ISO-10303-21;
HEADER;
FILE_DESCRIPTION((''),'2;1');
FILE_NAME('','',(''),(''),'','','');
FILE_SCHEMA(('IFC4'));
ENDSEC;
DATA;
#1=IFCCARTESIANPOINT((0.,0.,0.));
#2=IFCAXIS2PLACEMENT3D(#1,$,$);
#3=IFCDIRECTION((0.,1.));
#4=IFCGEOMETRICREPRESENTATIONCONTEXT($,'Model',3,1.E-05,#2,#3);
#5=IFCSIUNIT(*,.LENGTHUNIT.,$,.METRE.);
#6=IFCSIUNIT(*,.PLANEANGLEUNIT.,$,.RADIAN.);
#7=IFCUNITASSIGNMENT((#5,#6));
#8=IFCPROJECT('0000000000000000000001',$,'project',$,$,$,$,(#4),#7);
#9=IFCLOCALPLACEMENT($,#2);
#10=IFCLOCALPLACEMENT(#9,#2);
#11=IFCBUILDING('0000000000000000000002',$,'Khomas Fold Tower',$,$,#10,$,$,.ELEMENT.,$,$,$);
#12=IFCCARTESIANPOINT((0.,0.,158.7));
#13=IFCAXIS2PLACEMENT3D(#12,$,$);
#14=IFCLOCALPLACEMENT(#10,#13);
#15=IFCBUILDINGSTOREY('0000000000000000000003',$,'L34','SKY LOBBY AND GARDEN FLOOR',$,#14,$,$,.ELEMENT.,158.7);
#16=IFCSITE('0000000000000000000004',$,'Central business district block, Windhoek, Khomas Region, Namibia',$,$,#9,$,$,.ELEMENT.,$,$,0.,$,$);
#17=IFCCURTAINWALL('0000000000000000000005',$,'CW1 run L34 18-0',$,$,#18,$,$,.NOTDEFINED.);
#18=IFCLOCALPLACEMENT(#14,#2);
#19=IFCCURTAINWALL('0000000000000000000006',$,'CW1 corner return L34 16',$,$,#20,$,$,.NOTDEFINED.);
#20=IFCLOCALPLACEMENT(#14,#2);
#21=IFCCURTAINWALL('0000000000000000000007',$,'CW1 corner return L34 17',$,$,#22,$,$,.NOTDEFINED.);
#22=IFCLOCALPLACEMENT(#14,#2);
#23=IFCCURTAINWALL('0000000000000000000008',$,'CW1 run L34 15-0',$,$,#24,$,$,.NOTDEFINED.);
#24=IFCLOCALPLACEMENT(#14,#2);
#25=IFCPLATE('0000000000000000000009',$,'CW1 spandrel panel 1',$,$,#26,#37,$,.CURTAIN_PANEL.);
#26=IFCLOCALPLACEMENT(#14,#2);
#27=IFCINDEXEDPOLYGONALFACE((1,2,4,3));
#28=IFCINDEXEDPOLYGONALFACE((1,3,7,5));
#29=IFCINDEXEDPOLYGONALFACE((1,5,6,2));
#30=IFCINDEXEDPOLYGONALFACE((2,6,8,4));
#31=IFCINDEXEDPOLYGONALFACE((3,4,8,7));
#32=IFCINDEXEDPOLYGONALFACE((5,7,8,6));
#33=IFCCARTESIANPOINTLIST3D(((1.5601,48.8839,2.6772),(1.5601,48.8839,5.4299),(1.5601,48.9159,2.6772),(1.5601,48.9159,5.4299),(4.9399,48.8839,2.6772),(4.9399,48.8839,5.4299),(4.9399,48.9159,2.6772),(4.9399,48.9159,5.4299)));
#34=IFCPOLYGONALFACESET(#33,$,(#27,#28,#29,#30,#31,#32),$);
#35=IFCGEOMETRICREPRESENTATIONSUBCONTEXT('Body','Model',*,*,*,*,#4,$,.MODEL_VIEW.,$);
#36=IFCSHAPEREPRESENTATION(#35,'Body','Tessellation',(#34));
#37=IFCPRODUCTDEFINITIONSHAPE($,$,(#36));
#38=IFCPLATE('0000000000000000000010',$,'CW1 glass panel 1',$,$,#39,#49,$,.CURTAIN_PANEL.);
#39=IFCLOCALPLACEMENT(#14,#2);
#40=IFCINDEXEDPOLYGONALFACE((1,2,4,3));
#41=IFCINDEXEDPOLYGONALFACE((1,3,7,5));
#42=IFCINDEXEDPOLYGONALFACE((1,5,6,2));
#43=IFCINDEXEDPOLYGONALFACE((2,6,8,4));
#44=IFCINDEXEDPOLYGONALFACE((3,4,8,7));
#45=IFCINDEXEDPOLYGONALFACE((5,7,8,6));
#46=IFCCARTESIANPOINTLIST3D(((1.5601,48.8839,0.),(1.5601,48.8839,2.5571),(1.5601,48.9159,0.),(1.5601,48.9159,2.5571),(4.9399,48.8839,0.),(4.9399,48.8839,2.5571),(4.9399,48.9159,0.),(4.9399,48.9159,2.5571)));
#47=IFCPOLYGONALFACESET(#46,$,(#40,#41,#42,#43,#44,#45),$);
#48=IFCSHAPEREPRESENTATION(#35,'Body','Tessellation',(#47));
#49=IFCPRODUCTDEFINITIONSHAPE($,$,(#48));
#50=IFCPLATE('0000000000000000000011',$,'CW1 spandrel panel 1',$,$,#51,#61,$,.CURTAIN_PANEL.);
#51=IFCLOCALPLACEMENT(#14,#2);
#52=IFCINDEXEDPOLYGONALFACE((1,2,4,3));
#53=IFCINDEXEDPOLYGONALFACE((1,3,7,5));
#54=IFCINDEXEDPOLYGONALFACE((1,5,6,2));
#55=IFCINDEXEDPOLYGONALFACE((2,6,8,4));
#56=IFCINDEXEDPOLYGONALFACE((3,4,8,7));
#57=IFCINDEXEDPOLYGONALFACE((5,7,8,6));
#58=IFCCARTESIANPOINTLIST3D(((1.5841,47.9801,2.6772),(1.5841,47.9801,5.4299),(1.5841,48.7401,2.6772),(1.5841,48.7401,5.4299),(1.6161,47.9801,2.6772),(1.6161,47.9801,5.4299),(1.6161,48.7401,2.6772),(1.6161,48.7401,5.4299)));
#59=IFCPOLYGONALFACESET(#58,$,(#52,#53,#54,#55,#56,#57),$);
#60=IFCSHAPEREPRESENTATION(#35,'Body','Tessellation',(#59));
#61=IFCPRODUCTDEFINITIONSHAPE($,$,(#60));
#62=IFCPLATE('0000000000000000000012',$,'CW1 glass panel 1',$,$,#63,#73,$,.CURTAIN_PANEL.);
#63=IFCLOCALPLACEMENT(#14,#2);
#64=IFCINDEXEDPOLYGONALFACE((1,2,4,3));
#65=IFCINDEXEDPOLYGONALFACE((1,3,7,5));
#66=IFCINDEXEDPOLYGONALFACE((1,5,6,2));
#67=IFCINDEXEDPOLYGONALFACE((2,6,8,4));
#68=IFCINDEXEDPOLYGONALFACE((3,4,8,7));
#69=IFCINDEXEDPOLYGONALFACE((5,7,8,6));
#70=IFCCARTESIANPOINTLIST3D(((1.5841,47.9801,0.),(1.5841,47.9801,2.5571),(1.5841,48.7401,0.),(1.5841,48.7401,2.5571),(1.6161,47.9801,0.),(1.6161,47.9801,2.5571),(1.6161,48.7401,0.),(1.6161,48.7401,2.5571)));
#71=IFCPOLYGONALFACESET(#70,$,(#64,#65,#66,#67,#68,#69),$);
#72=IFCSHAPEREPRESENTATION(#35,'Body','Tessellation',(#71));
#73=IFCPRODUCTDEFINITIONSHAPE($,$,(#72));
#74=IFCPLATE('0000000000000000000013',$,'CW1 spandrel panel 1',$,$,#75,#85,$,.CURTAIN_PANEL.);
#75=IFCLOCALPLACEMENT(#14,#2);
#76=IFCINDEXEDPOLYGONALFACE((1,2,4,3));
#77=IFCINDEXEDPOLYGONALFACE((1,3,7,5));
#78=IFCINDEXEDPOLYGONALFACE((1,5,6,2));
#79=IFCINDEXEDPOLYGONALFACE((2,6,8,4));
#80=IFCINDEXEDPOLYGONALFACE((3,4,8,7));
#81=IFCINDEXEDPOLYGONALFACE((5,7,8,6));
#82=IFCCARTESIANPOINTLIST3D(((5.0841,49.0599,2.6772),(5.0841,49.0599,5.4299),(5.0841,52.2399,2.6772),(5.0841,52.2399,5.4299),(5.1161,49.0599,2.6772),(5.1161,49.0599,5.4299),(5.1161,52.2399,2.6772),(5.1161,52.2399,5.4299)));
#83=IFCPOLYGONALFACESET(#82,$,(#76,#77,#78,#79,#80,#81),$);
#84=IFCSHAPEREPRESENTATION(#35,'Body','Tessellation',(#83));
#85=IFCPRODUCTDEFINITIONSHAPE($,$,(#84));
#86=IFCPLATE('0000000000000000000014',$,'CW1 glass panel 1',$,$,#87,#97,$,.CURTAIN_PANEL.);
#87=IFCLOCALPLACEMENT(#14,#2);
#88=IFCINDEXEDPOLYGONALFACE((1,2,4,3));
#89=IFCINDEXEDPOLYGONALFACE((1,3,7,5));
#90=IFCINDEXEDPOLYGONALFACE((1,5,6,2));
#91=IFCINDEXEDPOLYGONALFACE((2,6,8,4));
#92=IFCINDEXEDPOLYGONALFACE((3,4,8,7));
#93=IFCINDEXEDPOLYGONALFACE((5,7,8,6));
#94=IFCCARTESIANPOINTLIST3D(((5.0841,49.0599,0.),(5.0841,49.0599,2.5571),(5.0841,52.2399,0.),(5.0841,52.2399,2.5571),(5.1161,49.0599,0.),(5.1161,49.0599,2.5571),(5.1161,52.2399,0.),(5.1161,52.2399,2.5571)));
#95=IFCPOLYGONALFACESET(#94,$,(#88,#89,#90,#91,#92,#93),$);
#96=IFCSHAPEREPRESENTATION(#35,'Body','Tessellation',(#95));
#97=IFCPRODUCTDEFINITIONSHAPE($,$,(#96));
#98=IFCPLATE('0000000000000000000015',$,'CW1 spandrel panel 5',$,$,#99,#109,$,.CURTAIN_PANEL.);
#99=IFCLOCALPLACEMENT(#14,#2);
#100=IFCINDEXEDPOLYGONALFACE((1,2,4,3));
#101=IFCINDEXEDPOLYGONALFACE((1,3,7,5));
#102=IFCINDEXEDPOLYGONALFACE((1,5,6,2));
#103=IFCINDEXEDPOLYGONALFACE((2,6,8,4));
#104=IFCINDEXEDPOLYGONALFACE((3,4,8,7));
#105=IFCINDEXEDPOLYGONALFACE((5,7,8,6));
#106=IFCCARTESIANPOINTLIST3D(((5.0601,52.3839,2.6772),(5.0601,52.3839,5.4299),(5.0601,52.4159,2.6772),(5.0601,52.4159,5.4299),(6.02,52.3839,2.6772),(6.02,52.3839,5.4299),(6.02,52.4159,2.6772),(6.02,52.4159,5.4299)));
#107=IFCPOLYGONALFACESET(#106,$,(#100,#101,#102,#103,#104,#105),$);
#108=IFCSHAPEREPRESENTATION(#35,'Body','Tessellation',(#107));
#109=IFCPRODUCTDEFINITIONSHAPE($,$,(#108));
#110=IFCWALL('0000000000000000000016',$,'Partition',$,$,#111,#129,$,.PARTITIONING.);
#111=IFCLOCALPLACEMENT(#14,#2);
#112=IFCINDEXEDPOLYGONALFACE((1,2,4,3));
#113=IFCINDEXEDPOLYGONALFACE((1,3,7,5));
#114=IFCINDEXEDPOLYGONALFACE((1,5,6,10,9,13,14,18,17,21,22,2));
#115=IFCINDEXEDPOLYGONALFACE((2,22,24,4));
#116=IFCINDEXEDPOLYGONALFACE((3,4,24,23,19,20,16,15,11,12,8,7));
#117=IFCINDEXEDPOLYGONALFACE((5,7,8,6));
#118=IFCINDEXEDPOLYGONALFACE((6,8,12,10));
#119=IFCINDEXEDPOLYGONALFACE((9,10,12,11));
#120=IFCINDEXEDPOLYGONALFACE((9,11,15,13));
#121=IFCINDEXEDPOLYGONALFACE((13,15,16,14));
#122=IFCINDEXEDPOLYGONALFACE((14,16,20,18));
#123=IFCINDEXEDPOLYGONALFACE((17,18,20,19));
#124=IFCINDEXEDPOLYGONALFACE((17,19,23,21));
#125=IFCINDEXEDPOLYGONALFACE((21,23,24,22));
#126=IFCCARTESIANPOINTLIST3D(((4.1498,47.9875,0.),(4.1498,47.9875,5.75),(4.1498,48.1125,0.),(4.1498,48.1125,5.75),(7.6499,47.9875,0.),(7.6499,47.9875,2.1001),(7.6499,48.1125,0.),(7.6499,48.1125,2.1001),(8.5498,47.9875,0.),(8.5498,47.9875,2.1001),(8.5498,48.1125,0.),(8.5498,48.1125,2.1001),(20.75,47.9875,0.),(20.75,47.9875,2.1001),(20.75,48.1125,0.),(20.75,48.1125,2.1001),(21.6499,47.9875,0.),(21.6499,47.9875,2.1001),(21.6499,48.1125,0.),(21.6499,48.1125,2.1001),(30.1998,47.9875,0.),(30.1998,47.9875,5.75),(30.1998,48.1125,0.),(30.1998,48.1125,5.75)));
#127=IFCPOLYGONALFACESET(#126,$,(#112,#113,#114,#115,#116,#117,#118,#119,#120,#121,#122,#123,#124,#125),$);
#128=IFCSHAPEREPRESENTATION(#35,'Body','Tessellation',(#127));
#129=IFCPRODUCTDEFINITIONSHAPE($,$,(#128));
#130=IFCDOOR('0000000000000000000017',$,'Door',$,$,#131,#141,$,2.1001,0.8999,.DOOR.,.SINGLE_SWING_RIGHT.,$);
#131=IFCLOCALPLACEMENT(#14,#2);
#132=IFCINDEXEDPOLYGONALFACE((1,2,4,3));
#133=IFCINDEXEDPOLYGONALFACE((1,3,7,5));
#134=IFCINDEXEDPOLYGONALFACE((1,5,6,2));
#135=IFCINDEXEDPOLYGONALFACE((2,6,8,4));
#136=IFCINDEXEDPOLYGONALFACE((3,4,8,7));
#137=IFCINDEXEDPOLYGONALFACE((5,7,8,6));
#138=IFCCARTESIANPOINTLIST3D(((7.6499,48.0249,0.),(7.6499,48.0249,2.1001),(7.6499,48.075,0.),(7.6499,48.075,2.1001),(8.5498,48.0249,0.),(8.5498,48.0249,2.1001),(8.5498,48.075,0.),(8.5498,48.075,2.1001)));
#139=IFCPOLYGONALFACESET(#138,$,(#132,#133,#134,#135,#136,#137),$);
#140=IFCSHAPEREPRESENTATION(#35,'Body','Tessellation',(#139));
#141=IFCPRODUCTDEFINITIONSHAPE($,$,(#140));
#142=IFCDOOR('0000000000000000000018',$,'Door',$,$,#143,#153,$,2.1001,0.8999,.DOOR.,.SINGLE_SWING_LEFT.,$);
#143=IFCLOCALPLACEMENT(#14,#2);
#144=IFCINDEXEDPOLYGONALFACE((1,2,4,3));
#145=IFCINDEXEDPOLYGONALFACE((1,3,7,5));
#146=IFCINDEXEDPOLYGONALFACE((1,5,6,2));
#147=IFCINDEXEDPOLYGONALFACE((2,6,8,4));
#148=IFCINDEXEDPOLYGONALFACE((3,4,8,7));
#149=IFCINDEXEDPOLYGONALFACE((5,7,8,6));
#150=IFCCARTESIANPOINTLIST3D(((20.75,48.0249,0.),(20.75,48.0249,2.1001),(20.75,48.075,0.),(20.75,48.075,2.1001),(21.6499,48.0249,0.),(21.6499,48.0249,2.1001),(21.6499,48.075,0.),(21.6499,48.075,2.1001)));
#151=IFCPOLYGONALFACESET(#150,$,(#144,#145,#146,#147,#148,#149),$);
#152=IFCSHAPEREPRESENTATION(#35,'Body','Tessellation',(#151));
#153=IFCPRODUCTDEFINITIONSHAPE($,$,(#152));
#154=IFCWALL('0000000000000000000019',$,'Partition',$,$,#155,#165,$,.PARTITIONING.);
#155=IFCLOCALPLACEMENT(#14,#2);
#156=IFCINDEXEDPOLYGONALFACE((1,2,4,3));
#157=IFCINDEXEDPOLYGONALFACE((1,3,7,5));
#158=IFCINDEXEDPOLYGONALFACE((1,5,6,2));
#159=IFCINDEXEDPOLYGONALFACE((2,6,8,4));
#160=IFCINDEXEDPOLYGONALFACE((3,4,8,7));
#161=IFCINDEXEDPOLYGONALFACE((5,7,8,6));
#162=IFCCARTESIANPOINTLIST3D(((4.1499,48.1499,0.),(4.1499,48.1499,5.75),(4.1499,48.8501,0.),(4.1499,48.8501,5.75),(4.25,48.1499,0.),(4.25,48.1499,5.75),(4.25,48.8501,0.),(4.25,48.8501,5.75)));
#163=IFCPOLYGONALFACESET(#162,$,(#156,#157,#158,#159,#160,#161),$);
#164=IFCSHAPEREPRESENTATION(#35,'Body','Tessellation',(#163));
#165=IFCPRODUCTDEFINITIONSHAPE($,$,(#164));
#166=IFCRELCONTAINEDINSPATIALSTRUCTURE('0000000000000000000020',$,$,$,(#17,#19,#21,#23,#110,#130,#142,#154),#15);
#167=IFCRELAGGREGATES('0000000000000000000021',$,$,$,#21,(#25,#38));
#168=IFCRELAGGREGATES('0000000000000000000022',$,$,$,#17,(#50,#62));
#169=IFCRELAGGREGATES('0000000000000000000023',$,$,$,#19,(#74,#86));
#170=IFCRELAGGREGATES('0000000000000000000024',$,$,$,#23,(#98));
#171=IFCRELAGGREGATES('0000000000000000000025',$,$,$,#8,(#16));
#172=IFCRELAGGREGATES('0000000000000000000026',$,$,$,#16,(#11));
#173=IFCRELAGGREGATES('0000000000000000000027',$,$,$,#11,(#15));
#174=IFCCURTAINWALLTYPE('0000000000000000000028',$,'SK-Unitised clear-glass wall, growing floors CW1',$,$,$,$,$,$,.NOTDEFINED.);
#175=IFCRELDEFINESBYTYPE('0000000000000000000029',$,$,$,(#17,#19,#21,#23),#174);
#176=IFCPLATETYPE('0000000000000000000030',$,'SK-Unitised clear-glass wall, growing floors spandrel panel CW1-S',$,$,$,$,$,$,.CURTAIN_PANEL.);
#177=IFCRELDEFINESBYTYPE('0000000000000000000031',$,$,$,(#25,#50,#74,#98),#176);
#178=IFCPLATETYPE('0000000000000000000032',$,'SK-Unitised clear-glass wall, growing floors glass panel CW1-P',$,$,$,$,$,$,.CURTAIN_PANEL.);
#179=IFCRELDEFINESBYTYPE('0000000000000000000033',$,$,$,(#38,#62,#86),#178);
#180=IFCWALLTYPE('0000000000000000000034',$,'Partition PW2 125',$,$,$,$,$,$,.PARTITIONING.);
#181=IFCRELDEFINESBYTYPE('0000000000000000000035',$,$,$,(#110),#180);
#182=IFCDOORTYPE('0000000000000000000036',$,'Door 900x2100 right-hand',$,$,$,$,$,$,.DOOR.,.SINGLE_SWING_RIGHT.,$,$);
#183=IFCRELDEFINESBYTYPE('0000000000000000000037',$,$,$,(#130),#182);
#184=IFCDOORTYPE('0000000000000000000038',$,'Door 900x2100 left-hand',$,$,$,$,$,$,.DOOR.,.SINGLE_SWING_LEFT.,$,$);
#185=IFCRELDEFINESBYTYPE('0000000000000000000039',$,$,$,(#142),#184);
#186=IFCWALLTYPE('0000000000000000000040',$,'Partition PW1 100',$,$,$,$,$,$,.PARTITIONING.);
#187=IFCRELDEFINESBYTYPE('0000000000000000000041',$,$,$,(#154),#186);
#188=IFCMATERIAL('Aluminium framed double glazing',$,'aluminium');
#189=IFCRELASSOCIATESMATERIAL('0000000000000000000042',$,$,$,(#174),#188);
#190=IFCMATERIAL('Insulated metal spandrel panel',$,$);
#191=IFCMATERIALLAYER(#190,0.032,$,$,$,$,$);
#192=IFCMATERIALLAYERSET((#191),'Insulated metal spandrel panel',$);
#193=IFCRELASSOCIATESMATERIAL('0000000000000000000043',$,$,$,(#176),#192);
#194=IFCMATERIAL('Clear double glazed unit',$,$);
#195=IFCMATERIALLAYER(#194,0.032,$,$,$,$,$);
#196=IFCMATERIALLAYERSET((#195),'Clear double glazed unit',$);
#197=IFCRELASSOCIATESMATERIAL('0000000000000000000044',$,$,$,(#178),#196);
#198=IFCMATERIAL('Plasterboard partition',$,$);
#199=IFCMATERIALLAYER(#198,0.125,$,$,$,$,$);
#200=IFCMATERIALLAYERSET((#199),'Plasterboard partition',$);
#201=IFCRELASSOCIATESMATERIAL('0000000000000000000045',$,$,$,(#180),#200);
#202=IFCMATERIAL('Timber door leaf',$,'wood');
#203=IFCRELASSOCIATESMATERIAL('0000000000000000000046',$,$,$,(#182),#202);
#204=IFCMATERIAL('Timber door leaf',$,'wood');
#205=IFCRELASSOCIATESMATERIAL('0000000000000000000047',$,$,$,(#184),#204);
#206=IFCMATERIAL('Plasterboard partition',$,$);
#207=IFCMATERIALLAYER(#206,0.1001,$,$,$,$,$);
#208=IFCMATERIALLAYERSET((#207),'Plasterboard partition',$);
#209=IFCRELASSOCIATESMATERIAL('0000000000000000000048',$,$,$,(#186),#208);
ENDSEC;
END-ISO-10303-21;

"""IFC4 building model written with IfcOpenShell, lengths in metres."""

from ifc_helpers import new_model, si_unit, direction, frame, frame_2d, origin, origin_2d, place, context, subcontext, project, spatial, rectangle, extrude, source, transform, mapped, material, layer, layer_set, type_object, element, fill, aggregate, save


model = new_model("IFC4")

# Units and contexts
model_context = context("Model", 3, precision=1e-05, world=origin(), true_north=direction((0.0, 1.0)))
body_context = subcontext(model_context, "Body", "Model", "MODEL_VIEW")
ifc_project = project(units=[si_unit("LENGTHUNIT", "METRE"), si_unit("PLANEANGLEUNIT", "RADIAN")], contexts=[model_context])

# Site, building, storey
site_placement = place(None, origin())
site = spatial("IfcSite", under=ifc_project, at=site_placement, Name="Central business district block, Windhoek, Khomas Region, Namibia", CompositionType="ELEMENT", RefElevation=0.0)
building_placement = place(site_placement, origin())
building = spatial("IfcBuilding", under=site, at=building_placement, Name="Khomas Fold Tower", CompositionType="ELEMENT")
storey_placement = place(building_placement, frame((0.0, 0.0, 158.7)))
storey = spatial("IfcBuildingStorey", under=building, at=storey_placement, Name="L34", Description="SKY LOBBY AND GARDEN FLOOR", CompositionType="ELEMENT", Elevation=158.7)

# Curtain walls
ifc_material_1 = material(Name="Aluminium framed double glazing", Category="aluminium")
curtain_wall_type = type_object("IfcCurtainWallType", Name="SK-Unitised clear-glass wall, growing floors CW1", PredefinedType="NOTDEFINED", material=ifc_material_1)
curtain_wall_1_placement = place(storey_placement, origin())
curtain_wall_1 = element("IfcCurtainWall", 1, at=curtain_wall_1_placement, inside=storey, type_object=curtain_wall_type, Name="CW1 run L34 18-0", PredefinedType="NOTDEFINED")
curtain_wall_2_placement = place(storey_placement, origin())
curtain_wall_2 = element("IfcCurtainWall", 2, at=curtain_wall_2_placement, inside=storey, type_object=curtain_wall_type, Name="CW1 corner return L34 16", PredefinedType="NOTDEFINED")
curtain_wall_3_placement = place(storey_placement, origin())
curtain_wall_3 = element("IfcCurtainWall", 3, at=curtain_wall_3_placement, inside=storey, type_object=curtain_wall_type, Name="CW1 corner return L34 17", PredefinedType="NOTDEFINED")

# Curtain wall
curtain_wall_4_placement = place(storey_placement, origin())
curtain_wall_4 = element("IfcCurtainWall", 4, at=curtain_wall_4_placement, inside=storey, type_object=curtain_wall_type, Name="CW1 run L34 15-0", PredefinedType="NOTDEFINED")

# Plates
ifc_material_2 = material(Name="Insulated metal spandrel panel")
ifc_layer_1 = layer(ifc_material_2, 0.032)
ifc_layer_set_1 = layer_set([ifc_layer_1], Name="Insulated metal spandrel panel")
plate_type_1 = type_object("IfcPlateType", Name="SK-Unitised clear-glass wall, growing floors spandrel panel CW1-S", PredefinedType="CURTAIN_PANEL", material=ifc_layer_set_1)
shared_shape_1 = source(origin(), body_context, "Body", "SweptSolid", [
    extrude(rectangle(XDim=3.3799, YDim=0.032, at=origin_2d()), origin(), (0.0, 0.0, 1.0), 2.7527),
])
plate_1_placement = place(storey_placement, frame((3.25, 48.8999, 2.6772), z_axis=(0.0, 0.0, 1.0), x_axis=(-1.0, 0.0, 0.0)))
plate_1 = element("IfcPlate", 5, at=plate_1_placement, type_object=plate_type_1, Name="CW1 spandrel panel 1", PredefinedType="CURTAIN_PANEL", context=body_context, shape_type="MappedRepresentation", body=[
    mapped(shared_shape_1, transform((0.0, 0.0, 0.0))),
])
ifc_material_3 = material(Name="Clear double glazed unit")
ifc_layer_2 = layer(ifc_material_3, 0.032)
ifc_layer_set_2 = layer_set([ifc_layer_2], Name="Clear double glazed unit")
plate_type_2 = type_object("IfcPlateType", Name="SK-Unitised clear-glass wall, growing floors glass panel CW1-P", PredefinedType="CURTAIN_PANEL", material=ifc_layer_set_2)
shared_shape_2 = source(origin(), body_context, "Body", "SweptSolid", [
    extrude(rectangle(XDim=3.3799, YDim=0.032, at=origin_2d()), origin(), (0.0, 0.0, 1.0), 2.5571),
])
plate_2_placement = place(storey_placement, frame((3.25, 48.8999, 0.0), z_axis=(0.0, 0.0, 1.0), x_axis=(-1.0, 0.0, 0.0)))
plate_2 = element("IfcPlate", 6, at=plate_2_placement, type_object=plate_type_2, Name="CW1 glass panel 1", PredefinedType="CURTAIN_PANEL", context=body_context, shape_type="MappedRepresentation", body=[
    mapped(shared_shape_2, transform((0.0, 0.0, 0.0))),
])
aggregate(curtain_wall_3, [plate_1, plate_2])
shared_shape_3 = source(origin(), body_context, "Body", "SweptSolid", [
    extrude(rectangle(XDim=0.76, YDim=0.032, at=origin_2d()), origin(), (0.0, 0.0, 1.0), 2.7527),
])
plate_3_placement = place(storey_placement, frame((1.6001, 48.3601, 2.6772), z_axis=(0.0, 0.0, 1.0), x_axis=(0.0, -1.0, 0.0)))
plate_3 = element("IfcPlate", 7, at=plate_3_placement, type_object=plate_type_1, Name="CW1 spandrel panel 1", PredefinedType="CURTAIN_PANEL", context=body_context, shape_type="MappedRepresentation", body=[
    mapped(shared_shape_3, transform((0.0, 0.0, 0.0))),
])
shared_shape_4 = source(origin(), body_context, "Body", "SweptSolid", [
    extrude(rectangle(XDim=0.76, YDim=0.032, at=origin_2d()), origin(), (0.0, 0.0, 1.0), 2.5571),
])
plate_4_placement = place(storey_placement, frame((1.6001, 48.3601, 0.0), z_axis=(0.0, 0.0, 1.0), x_axis=(0.0, -1.0, 0.0)))
plate_4 = element("IfcPlate", 8, at=plate_4_placement, type_object=plate_type_2, Name="CW1 glass panel 1", PredefinedType="CURTAIN_PANEL", context=body_context, shape_type="MappedRepresentation", body=[
    mapped(shared_shape_4, transform((0.0, 0.0, 0.0))),
])
aggregate(curtain_wall_1, [plate_3, plate_4])
shared_shape_5 = source(origin(), body_context, "Body", "SweptSolid", [
    extrude(rectangle(XDim=3.1799, YDim=0.032, at=origin_2d()), origin(), (0.0, 0.0, 1.0), 2.7527),
])
plate_5_placement = place(storey_placement, frame((5.1001, 50.6499, 2.6772), z_axis=(0.0, 0.0, 1.0), x_axis=(0.0, -1.0, 0.0)))
plate_5 = element("IfcPlate", 9, at=plate_5_placement, type_object=plate_type_1, Name="CW1 spandrel panel 1", PredefinedType="CURTAIN_PANEL", context=body_context, shape_type="MappedRepresentation", body=[
    mapped(shared_shape_5, transform((0.0, 0.0, 0.0))),
])
shared_shape_6 = source(origin(), body_context, "Body", "SweptSolid", [
    extrude(rectangle(XDim=3.1799, YDim=0.032, at=origin_2d()), origin(), (0.0, 0.0, 1.0), 2.5571),
])
plate_6_placement = place(storey_placement, frame((5.1001, 50.6499, 0.0), z_axis=(0.0, 0.0, 1.0), x_axis=(0.0, -1.0, 0.0)))
plate_6 = element("IfcPlate", 10, at=plate_6_placement, type_object=plate_type_2, Name="CW1 glass panel 1", PredefinedType="CURTAIN_PANEL", context=body_context, shape_type="MappedRepresentation", body=[
    mapped(shared_shape_6, transform((0.0, 0.0, 0.0))),
])
aggregate(curtain_wall_2, [plate_5, plate_6])
shared_shape_7 = source(origin(), body_context, "Body", "SweptSolid", [
    extrude(rectangle(XDim=0.96, YDim=0.032, at=origin_2d()), origin(), (0.0, 0.0, 1.0), 2.7527),
])
plate_7_placement = place(storey_placement, frame((5.54, 52.3999, 2.6772), z_axis=(0.0, 0.0, 1.0), x_axis=(-1.0, 0.0, 0.0)))
plate_7 = element("IfcPlate", 11, at=plate_7_placement, type_object=plate_type_1, Name="CW1 spandrel panel 5", PredefinedType="CURTAIN_PANEL", context=body_context, shape_type="MappedRepresentation", body=[
    mapped(shared_shape_7, transform((0.0, 0.0, 0.0))),
])
aggregate(curtain_wall_4, [plate_7])

# Wall, openings, doors
ifc_material_4 = material(Name="Plasterboard partition")
ifc_layer_3 = layer(ifc_material_4, 0.125)
ifc_layer_set_3 = layer_set([ifc_layer_3], Name="Plasterboard partition")
wall_type_1 = type_object("IfcWallType", Name="Partition PW2 125", PredefinedType="PARTITIONING", material=ifc_layer_set_3)
shared_shape_8 = source(origin(), body_context, "Body", "SweptSolid", [
    extrude(rectangle(XDim=26.05, YDim=0.125, at=frame_2d((13.0249, 0.0))), origin(), (0.0, 0.0, 1.0), 5.75),
])
wall_1_placement = place(storey_placement, frame((4.1499, 48.05, 0.0), z_axis=(0.0, 0.0, 1.0), x_axis=(1.0, 0.0, 0.0)))
wall_1 = element("IfcWall", 12, at=wall_1_placement, inside=storey, type_object=wall_type_1, Name="Partition", PredefinedType="PARTITIONING", context=body_context, shape_type="MappedRepresentation", body=[
    mapped(shared_shape_8, transform((0.0, 0.0, 0.0))),
])
shared_shape_9 = source(origin(), body_context, "Body", "SweptSolid", [
    extrude(rectangle(XDim=0.8999, YDim=2.1001, at=frame_2d((0.45, 1.05))), frame((0.0, 0.0725, 0.0), z_axis=(0.0, -1.0, 0.0), x_axis=(1.0, 0.0, 0.0)), (0.0, 0.0, 1.0), 0.145),
])
opening_1_placement = place(wall_1_placement, frame((3.5, 0.0, 0.0)))
opening_1 = element("IfcOpeningElement", 13, at=opening_1_placement, cuts=wall_1, PredefinedType="OPENING", context=body_context, shape_type="MappedRepresentation", body=[
    mapped(shared_shape_9, transform((0.0, 0.0, 0.0))),
])
opening_2_placement = place(wall_1_placement, frame((16.6001, 0.0, 0.0)))
opening_2 = element("IfcOpeningElement", 14, at=opening_2_placement, cuts=wall_1, PredefinedType="OPENING", context=body_context, shape_type="MappedRepresentation", body=[
    mapped(shared_shape_9, transform((0.0, 0.0, 0.0))),
])
ifc_material_5 = material(Name="Timber door leaf", Category="wood")
door_type_1 = type_object("IfcDoorType", Name="Door 900x2100 right-hand", OperationType="SINGLE_SWING_RIGHT", PredefinedType="DOOR", material=ifc_material_5)
shared_shape_10 = source(origin(), body_context, "Body", "SweptSolid", [
    extrude(rectangle(XDim=0.8999, YDim=2.1001, at=frame_2d((0.45, 1.05))), frame((0.0, 0.0249, 0.0), z_axis=(0.0, -1.0, 0.0), x_axis=(1.0, 0.0, 0.0)), (0.0, 0.0, 1.0), 0.05),
])
door_1_placement = place(opening_1_placement, origin())
door_1 = element("IfcDoor", 15, at=door_1_placement, inside=storey, type_object=door_type_1, Name="Door", OperationType="SINGLE_SWING_RIGHT", OverallHeight=2.1001, OverallWidth=0.8999, PredefinedType="DOOR", context=body_context, shape_type="MappedRepresentation", body=[
    mapped(shared_shape_10, transform((0.0, 0.0, 0.0))),
])
fill(opening_1, door_1)
ifc_material_6 = material(Name="Timber door leaf", Category="wood")
door_type_2 = type_object("IfcDoorType", Name="Door 900x2100 left-hand", OperationType="SINGLE_SWING_LEFT", PredefinedType="DOOR", material=ifc_material_6)
door_2_placement = place(opening_2_placement, origin())
door_2 = element("IfcDoor", 16, at=door_2_placement, inside=storey, type_object=door_type_2, Name="Door", OperationType="SINGLE_SWING_LEFT", OverallHeight=2.1001, OverallWidth=0.8999, PredefinedType="DOOR", context=body_context, shape_type="MappedRepresentation", body=[
    mapped(shared_shape_10, transform((0.0, 0.0, 0.0))),
])
fill(opening_2, door_2)

# Wall
ifc_material_7 = material(Name="Plasterboard partition")
ifc_layer_4 = layer(ifc_material_7, 0.1001)
ifc_layer_set_4 = layer_set([ifc_layer_4], Name="Plasterboard partition")
wall_type_2 = type_object("IfcWallType", Name="Partition PW1 100", PredefinedType="PARTITIONING", material=ifc_layer_set_4)
shared_shape_11 = source(origin(), body_context, "Body", "SweptSolid", [
    extrude(rectangle(XDim=0.7002, YDim=0.1001, at=frame_2d((0.3501, 0.0))), origin(), (0.0, 0.0, 1.0), 5.75),
])
wall_2_placement = place(storey_placement, frame((4.2, 48.1499, 0.0), z_axis=(0.0, 0.0, 1.0), x_axis=(0.0, 1.0, 0.0)))
element("IfcWall", 17, at=wall_2_placement, inside=storey, type_object=wall_type_2, Name="Partition", PredefinedType="PARTITIONING", context=body_context, shape_type="MappedRepresentation", body=[
    mapped(shared_shape_11, transform((0.0, 0.0, 0.0))),
])

save(model, "model.ifc")
